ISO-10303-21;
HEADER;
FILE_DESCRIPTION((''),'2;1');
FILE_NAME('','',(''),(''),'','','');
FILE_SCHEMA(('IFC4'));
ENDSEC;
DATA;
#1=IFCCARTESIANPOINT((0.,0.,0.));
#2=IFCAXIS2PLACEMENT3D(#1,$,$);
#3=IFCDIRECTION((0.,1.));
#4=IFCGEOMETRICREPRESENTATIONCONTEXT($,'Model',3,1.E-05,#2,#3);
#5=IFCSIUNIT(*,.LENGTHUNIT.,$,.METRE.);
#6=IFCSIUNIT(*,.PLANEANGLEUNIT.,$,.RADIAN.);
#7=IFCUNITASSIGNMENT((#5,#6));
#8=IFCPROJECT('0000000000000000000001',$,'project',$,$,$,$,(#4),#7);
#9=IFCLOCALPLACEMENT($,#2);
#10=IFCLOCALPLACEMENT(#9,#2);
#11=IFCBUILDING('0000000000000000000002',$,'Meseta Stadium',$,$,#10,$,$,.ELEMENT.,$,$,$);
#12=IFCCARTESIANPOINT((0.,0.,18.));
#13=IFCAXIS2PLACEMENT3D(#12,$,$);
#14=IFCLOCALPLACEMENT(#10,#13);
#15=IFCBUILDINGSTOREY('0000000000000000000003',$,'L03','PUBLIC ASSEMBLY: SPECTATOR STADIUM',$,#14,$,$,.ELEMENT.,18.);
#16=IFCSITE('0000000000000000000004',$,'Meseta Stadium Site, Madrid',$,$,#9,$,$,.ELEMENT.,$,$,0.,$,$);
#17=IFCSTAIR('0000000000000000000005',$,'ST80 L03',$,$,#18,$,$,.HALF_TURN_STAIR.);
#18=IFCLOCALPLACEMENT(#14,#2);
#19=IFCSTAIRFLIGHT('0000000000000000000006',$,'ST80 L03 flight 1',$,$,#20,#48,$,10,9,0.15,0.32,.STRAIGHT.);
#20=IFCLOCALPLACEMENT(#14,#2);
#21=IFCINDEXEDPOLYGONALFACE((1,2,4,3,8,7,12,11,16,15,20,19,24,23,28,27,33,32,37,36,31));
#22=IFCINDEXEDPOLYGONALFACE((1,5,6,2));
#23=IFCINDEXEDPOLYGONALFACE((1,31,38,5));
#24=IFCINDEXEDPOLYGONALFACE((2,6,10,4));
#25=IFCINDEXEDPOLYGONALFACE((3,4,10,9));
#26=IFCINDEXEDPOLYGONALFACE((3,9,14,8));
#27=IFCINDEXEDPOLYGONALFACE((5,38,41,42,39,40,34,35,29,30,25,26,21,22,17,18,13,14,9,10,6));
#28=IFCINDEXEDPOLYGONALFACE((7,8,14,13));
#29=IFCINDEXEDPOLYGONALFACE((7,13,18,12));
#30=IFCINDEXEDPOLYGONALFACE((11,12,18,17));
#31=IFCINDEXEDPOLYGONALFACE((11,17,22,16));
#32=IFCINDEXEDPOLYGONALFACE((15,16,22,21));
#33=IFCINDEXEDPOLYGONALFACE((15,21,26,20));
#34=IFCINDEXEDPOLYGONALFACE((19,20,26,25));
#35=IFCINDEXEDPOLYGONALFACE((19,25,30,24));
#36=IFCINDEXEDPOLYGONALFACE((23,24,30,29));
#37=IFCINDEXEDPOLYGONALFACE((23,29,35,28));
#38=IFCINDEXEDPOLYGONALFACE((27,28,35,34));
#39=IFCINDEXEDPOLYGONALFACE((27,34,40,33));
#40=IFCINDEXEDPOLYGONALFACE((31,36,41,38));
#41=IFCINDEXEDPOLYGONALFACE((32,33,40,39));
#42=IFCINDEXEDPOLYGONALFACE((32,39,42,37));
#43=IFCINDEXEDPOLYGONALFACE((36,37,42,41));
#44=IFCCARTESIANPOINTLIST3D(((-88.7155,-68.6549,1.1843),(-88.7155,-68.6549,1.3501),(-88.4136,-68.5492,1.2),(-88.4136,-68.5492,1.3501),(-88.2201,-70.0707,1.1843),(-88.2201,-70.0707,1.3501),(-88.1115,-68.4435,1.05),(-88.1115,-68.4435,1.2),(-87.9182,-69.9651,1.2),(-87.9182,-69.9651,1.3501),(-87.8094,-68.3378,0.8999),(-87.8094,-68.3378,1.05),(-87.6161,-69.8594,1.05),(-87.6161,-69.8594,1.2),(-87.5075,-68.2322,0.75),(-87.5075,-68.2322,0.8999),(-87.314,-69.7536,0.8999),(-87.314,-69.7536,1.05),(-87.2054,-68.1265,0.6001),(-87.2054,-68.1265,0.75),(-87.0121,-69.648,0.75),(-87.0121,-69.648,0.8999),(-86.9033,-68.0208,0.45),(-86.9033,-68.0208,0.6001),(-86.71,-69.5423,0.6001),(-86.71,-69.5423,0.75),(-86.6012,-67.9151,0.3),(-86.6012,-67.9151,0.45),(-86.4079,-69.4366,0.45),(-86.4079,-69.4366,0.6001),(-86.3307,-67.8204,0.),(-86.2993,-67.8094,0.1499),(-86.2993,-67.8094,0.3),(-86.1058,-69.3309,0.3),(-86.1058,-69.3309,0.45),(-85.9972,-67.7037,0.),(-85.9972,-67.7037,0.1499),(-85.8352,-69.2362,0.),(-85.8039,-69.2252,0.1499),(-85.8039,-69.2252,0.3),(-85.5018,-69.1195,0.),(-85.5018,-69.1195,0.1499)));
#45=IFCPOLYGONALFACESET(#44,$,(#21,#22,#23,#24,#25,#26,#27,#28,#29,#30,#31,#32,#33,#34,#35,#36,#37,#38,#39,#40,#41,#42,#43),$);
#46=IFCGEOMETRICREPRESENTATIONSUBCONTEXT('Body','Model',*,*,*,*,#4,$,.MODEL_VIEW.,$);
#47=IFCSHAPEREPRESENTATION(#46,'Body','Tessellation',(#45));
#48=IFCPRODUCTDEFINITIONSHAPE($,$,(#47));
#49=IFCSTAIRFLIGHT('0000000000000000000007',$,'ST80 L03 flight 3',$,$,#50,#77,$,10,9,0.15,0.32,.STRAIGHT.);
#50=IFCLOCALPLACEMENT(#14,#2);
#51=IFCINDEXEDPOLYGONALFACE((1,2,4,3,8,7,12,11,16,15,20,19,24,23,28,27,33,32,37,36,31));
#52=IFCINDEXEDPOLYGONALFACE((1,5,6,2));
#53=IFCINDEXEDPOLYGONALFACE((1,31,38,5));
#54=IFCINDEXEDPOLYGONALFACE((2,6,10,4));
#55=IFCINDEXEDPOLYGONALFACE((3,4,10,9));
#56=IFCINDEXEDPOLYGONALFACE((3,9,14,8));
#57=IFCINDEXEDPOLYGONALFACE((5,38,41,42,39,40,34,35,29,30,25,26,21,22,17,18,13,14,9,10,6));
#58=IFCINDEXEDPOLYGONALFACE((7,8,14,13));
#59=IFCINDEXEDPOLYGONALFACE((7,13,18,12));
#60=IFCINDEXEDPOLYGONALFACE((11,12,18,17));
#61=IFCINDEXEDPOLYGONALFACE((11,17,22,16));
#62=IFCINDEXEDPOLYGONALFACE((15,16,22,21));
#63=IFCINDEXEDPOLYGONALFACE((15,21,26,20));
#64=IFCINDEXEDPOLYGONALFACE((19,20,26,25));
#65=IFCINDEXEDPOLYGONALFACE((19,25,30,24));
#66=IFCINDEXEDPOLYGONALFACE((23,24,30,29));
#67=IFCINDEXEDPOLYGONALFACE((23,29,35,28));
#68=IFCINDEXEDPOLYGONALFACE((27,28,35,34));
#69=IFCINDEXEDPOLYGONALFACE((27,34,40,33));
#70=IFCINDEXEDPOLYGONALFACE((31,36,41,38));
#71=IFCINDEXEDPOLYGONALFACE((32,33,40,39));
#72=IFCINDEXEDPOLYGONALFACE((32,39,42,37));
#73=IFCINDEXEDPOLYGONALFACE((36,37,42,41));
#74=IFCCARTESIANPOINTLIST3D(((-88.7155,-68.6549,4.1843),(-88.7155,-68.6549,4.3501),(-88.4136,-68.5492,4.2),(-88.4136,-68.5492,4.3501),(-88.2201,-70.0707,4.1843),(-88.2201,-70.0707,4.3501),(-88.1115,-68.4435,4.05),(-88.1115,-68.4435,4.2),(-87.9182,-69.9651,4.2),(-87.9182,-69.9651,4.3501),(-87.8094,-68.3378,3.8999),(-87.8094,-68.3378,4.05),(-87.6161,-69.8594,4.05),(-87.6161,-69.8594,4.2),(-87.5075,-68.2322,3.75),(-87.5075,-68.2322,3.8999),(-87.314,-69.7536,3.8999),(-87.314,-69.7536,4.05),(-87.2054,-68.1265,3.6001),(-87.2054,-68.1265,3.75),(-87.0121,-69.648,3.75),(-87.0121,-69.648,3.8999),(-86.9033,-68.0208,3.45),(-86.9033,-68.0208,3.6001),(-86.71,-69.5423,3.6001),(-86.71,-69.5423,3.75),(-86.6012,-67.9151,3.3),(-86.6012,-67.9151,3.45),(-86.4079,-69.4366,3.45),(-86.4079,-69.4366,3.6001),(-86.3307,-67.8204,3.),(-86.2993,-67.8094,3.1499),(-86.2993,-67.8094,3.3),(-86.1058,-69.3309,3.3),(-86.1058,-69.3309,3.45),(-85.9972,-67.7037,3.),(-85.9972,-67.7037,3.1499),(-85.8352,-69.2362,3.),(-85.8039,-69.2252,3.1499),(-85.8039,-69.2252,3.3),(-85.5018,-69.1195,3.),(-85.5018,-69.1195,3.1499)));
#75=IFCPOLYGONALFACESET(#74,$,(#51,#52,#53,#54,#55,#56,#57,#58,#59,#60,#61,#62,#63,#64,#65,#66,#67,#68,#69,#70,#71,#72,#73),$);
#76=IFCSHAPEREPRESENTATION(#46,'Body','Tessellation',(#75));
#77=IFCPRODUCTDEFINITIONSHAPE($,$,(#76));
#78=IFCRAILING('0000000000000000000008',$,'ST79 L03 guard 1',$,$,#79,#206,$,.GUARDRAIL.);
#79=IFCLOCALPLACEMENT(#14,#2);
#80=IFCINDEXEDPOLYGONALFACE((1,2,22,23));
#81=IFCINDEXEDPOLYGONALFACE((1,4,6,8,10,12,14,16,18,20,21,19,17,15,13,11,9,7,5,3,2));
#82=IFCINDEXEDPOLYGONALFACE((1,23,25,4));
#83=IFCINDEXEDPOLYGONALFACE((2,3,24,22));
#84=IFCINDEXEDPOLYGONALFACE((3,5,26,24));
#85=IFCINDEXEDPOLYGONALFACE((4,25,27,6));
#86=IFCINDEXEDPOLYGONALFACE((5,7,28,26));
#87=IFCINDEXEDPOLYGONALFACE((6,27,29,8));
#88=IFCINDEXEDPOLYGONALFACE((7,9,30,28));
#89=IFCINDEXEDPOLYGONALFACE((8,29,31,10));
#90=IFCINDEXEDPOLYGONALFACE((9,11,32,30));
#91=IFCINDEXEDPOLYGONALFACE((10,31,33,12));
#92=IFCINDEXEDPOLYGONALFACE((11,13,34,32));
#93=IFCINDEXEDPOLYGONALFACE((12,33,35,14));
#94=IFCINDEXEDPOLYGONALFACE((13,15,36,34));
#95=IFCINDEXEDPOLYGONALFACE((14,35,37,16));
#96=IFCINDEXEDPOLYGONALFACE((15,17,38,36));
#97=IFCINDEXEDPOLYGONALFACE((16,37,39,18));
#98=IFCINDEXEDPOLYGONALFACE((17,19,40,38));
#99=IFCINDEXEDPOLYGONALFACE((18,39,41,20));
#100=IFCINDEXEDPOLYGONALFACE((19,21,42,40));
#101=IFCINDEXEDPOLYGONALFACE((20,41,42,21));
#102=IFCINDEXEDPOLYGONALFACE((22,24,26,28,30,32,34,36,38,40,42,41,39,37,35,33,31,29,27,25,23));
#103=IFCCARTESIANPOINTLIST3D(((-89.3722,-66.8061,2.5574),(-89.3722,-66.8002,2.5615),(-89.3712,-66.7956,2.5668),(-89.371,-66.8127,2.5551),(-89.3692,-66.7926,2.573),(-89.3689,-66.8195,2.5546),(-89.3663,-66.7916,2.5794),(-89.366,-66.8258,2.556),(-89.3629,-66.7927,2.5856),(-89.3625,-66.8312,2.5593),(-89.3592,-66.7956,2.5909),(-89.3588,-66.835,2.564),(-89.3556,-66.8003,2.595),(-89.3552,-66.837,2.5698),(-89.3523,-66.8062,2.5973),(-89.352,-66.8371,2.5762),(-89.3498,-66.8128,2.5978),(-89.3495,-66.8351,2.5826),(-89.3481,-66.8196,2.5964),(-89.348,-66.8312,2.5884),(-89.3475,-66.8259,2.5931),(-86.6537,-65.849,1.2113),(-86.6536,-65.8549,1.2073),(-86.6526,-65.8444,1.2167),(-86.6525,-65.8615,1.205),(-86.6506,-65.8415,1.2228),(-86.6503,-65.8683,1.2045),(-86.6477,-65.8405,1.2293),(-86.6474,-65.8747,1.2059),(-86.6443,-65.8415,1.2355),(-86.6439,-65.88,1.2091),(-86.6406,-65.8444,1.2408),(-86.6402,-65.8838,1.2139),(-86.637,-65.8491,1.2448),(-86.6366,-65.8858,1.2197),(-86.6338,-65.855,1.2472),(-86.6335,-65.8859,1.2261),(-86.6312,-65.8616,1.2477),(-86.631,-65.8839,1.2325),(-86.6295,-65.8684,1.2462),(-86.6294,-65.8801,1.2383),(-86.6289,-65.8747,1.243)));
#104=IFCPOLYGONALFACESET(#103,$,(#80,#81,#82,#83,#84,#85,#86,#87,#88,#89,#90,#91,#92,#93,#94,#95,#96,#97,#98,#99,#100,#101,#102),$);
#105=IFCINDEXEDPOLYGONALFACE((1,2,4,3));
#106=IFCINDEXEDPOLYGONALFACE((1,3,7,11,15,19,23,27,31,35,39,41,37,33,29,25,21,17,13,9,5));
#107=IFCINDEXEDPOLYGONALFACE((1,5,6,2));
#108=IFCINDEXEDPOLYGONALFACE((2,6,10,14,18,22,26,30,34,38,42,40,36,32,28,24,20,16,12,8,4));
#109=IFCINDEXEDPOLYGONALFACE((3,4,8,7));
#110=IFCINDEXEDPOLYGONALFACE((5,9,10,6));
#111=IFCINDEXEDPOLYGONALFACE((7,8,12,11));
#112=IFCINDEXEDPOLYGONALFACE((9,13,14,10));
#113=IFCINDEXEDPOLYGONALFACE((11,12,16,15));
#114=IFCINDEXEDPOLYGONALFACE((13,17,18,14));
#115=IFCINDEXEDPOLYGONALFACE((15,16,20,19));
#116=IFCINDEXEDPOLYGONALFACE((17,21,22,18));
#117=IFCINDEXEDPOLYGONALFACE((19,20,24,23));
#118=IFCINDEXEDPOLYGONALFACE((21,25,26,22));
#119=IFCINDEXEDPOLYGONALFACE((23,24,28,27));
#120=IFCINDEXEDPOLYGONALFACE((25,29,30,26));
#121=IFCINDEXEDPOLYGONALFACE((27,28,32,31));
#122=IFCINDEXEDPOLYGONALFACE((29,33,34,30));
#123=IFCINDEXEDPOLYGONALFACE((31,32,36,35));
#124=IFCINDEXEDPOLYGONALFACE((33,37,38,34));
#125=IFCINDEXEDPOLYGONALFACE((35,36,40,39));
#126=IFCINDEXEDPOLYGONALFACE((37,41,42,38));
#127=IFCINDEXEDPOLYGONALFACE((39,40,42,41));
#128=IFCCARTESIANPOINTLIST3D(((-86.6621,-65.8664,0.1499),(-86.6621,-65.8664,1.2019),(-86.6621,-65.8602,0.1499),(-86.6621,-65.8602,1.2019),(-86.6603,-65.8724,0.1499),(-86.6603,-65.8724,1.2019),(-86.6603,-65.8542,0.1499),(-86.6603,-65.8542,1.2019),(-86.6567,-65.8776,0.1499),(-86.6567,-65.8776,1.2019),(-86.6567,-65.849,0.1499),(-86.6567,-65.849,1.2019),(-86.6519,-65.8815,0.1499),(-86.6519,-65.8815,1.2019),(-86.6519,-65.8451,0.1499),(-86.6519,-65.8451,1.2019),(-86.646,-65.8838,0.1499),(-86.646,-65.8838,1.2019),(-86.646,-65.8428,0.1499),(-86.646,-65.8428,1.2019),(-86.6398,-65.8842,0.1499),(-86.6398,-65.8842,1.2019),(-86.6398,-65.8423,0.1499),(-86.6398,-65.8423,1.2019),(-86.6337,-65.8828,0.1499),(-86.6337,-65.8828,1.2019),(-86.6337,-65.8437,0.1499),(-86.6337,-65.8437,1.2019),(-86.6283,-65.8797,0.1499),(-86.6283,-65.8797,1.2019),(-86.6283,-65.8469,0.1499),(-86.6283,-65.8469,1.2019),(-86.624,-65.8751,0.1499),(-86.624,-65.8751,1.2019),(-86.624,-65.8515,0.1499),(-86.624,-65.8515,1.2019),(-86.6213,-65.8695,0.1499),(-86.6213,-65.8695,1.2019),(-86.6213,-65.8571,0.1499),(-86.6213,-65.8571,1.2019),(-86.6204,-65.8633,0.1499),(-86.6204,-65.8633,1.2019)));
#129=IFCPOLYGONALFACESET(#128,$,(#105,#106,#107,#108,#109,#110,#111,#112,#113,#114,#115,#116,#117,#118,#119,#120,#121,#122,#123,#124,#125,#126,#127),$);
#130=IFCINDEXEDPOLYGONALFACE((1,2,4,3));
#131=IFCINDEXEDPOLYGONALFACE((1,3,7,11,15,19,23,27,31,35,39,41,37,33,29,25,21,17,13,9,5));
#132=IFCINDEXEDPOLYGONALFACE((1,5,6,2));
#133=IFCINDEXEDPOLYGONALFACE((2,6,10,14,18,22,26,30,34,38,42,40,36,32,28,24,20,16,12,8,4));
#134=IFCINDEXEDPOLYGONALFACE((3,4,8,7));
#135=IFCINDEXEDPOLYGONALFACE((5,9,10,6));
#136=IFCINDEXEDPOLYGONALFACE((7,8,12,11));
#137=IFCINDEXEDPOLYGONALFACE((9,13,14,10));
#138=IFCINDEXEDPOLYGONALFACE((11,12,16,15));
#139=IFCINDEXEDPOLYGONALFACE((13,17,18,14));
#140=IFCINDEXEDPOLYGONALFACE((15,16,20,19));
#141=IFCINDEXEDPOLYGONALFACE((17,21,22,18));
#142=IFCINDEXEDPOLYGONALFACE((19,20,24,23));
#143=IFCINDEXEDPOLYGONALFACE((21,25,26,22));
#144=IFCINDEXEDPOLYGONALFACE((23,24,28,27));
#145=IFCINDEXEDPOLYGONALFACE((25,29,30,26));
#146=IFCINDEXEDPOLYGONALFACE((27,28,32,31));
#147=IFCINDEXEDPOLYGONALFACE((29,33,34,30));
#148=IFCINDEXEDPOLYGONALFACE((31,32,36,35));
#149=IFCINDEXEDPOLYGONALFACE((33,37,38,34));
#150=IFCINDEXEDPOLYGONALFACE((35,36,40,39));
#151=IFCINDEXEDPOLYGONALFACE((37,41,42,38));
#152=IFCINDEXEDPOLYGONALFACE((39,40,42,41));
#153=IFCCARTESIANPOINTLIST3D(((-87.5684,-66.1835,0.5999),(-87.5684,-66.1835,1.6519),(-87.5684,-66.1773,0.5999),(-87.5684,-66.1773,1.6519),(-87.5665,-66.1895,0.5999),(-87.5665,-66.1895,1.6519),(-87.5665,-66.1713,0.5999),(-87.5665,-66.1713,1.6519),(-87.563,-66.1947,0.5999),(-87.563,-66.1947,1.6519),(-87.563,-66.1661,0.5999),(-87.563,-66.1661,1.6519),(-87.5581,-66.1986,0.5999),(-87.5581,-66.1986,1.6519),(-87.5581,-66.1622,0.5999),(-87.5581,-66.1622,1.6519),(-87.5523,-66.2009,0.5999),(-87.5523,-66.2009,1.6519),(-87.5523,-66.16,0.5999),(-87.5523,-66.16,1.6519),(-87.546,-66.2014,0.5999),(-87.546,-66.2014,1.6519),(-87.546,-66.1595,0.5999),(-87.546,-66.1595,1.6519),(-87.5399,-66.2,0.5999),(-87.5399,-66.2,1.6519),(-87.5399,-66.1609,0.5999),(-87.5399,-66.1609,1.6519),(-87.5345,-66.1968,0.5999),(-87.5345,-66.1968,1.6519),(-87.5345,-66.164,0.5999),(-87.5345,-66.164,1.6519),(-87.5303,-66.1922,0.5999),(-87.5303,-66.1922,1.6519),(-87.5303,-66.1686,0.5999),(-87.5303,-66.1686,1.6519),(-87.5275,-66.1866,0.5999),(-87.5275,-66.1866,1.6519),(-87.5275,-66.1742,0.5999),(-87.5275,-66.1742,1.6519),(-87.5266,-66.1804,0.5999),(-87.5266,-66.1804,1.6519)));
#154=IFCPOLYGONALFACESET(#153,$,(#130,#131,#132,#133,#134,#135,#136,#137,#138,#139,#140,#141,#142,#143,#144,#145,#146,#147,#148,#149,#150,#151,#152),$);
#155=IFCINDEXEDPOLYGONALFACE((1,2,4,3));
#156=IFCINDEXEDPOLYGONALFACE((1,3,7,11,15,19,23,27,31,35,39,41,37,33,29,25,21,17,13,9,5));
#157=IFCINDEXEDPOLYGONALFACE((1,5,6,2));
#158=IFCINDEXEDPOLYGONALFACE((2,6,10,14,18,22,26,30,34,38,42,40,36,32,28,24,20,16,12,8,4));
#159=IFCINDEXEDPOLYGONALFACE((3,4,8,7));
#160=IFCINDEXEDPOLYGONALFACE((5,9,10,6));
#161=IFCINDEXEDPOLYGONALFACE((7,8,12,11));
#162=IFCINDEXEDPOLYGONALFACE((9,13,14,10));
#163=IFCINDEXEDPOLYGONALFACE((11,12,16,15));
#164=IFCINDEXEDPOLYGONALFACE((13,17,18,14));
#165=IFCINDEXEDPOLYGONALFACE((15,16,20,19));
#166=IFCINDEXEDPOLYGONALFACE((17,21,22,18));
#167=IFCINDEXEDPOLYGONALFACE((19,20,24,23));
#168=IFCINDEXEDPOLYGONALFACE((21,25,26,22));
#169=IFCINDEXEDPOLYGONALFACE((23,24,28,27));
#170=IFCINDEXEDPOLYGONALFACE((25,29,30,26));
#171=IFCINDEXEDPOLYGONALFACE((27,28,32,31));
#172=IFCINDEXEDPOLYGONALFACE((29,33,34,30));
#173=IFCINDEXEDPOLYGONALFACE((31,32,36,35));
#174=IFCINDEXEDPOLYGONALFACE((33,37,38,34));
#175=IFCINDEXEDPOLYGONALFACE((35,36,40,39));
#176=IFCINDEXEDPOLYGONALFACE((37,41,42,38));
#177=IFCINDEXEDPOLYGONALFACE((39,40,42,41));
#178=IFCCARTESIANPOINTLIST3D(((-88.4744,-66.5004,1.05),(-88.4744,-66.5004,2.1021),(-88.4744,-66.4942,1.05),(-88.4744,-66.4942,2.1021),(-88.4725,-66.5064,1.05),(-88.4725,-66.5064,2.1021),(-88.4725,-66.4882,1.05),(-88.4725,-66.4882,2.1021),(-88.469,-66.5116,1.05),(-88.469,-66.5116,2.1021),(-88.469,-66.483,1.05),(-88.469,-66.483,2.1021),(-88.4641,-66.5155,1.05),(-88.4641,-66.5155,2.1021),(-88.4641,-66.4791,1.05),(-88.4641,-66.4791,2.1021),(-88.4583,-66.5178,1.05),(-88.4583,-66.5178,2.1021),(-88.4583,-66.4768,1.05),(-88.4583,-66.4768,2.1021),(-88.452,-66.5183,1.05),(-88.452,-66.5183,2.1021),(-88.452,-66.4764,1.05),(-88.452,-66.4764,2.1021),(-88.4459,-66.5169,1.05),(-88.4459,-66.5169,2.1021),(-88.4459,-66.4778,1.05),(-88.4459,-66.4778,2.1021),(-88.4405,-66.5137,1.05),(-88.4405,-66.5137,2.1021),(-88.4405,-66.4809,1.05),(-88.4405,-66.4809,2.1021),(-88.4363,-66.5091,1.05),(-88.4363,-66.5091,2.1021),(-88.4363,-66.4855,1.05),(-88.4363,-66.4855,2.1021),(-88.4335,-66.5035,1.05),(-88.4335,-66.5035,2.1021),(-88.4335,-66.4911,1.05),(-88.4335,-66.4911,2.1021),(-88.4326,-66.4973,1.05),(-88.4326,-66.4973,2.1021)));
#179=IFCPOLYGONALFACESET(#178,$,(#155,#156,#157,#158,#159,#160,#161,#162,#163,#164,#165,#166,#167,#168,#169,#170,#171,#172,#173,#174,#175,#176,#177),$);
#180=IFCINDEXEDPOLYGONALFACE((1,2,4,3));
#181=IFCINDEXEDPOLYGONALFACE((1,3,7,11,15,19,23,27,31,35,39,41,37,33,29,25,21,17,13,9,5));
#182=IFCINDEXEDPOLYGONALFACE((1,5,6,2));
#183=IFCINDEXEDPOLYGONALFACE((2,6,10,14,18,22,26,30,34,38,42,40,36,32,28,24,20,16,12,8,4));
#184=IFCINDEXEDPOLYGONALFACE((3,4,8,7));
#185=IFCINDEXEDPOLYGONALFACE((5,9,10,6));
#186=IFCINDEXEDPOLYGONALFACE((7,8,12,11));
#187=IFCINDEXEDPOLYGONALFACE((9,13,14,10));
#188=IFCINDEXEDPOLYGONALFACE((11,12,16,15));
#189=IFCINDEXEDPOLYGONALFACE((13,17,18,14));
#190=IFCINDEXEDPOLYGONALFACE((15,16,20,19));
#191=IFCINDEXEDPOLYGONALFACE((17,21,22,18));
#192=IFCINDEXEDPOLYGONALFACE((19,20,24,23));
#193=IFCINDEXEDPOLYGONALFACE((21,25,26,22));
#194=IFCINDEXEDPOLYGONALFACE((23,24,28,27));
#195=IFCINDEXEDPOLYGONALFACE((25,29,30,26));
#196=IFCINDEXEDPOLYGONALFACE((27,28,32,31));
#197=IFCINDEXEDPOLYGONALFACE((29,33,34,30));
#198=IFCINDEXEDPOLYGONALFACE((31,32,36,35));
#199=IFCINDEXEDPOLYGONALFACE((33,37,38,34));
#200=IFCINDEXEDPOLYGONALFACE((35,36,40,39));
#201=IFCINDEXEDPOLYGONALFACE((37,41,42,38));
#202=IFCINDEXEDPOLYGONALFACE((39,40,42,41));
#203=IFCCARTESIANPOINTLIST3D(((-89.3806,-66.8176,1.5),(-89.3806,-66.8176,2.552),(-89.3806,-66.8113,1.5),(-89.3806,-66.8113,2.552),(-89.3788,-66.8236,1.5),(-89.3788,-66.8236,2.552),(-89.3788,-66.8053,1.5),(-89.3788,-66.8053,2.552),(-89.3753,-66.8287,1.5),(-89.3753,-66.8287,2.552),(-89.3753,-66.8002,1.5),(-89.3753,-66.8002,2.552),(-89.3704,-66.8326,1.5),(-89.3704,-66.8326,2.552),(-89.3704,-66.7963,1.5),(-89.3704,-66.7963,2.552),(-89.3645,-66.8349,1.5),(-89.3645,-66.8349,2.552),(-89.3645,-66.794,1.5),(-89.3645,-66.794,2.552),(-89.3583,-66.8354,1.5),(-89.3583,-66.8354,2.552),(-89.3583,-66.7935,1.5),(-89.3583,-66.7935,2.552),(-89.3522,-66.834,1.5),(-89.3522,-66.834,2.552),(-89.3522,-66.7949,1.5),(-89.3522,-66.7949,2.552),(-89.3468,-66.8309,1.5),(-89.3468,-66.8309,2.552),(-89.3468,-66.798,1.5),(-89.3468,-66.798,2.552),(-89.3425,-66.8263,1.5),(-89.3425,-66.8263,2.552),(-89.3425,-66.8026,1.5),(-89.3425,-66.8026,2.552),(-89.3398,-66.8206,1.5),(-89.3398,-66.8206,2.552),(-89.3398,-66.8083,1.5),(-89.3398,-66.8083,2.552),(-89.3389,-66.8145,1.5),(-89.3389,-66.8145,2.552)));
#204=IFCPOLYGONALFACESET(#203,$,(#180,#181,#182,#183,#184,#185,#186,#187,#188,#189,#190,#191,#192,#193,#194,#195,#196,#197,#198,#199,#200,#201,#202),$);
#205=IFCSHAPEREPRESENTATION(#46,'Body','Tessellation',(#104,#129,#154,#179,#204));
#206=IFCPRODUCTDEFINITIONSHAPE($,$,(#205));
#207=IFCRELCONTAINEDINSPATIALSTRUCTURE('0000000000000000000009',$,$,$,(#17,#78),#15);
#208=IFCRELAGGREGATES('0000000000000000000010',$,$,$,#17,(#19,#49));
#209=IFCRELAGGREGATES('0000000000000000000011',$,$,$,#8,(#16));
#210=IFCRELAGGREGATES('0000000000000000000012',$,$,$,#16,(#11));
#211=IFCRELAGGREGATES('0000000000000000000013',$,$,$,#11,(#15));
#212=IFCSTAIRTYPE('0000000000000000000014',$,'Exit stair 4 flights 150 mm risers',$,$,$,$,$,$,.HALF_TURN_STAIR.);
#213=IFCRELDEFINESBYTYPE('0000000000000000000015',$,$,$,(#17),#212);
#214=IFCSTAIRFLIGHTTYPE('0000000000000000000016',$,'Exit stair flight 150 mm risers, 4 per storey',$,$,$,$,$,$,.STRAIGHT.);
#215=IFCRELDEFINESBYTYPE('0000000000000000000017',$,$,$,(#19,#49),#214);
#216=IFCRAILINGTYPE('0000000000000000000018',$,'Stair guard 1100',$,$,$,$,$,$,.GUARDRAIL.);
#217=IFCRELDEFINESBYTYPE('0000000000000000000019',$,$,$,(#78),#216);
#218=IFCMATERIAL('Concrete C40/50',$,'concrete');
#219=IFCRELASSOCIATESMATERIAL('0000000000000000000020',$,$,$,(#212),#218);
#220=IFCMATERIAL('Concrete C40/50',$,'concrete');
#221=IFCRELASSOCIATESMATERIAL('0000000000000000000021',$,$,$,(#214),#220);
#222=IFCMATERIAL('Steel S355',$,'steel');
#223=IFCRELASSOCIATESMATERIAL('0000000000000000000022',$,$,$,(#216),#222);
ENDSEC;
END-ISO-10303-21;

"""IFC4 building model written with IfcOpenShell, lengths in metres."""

from ifc_helpers import new_model, si_unit, direction, frame, origin, origin_2d, place, context, subcontext, project, spatial, polyline, circle, outline, extrude, material, type_object, element, aggregate, save


model = new_model("IFC4")

# Units and contexts
model_context = context("Model", 3, precision=1e-05, world=origin(), true_north=direction((0.0, 1.0)))
body_context = subcontext(model_context, "Body", "Model", "MODEL_VIEW")
ifc_project = project(units=[si_unit("LENGTHUNIT", "METRE"), si_unit("PLANEANGLEUNIT", "RADIAN")], contexts=[model_context])

# Site, building, storey
site_placement = place(None, origin())
site = spatial("IfcSite", under=ifc_project, at=site_placement, Name="Meseta Stadium Site, Madrid", CompositionType="ELEMENT", RefElevation=0.0)
building_placement = place(site_placement, origin())
building = spatial("IfcBuilding", under=site, at=building_placement, Name="Meseta Stadium", CompositionType="ELEMENT")
storey_placement = place(building_placement, frame((0.0, 0.0, 18.0)))
storey = spatial("IfcBuildingStorey", under=building, at=storey_placement, Name="L03", Description="PUBLIC ASSEMBLY: SPECTATOR STADIUM", CompositionType="ELEMENT", Elevation=18.0)

# Stair, stair flights
ifc_material_1 = material(Name="Concrete C40/50", Category="concrete")
stair_type = type_object("IfcStairType", Name="Exit stair 4 flights 150 mm risers", PredefinedType="HALF_TURN_STAIR", material=ifc_material_1)
ifc_material_2 = material(Name="Concrete C40/50", Category="concrete")
stair_flight_type = type_object("IfcStairFlightType", Name="Exit stair flight 150 mm risers, 4 per storey", PredefinedType="STRAIGHT", material=ifc_material_2)
stair_1_placement = place(storey_placement, origin())
stair_1 = element("IfcStair", 1, at=stair_1_placement, inside=storey, type_object=stair_type, Name="ST80 L03", PredefinedType="HALF_TURN_STAIR")
stair_flight_1_placement = place(storey_placement, frame((-85.7495, -68.4116, 0.0), z_axis=(0.0, 0.0, 1.0), x_axis=(-0.943883, -0.330279, 0.0)))
stair_flight_1 = element("IfcStairFlight", 2, at=stair_flight_1_placement, type_object=stair_flight_type, Name="ST80 L03 flight 1", NumberOfRisers=10, NumberOfTreads=9, PredefinedType="STRAIGHT", RiserHeight=0.15, TreadLength=0.32, context=body_context, shape_type="SweptSolid", body=[
    extrude(outline(polyline([(0.0, 0.0), (0.0, 0.1499), (0.3201, 0.1499), (0.3201, 0.3), (0.6399, 0.3), (0.6399, 0.45), (0.96, 0.45), (0.96, 0.6001), (1.28, 0.6001), (1.28, 0.75), (1.6001, 0.75), (1.6001, 0.8999), (1.9199, 0.8999), (1.9199, 1.05), (2.24, 1.05), (2.24, 1.2), (2.5601, 1.2), (2.5601, 1.3501), (2.8799, 1.3501), (2.8799, 1.1843), (0.3533, 0.0), (0.0, 0.0)])), frame((0.0, 0.75, 0.0), z_axis=(0.0, -1.0, 0.0), x_axis=(1.0, 0.0, 0.0)), (0.0, 0.0, 1.0), 1.5),
])
stair_flight_2_placement = place(storey_placement, frame((-85.7495, -68.4116, 3.0), z_axis=(0.0, 0.0, 1.0), x_axis=(-0.943883, -0.330279, 0.0)))
stair_flight_2 = element("IfcStairFlight", 3, at=stair_flight_2_placement, type_object=stair_flight_type, Name="ST80 L03 flight 3", NumberOfRisers=10, NumberOfTreads=9, PredefinedType="STRAIGHT", RiserHeight=0.15, TreadLength=0.32, context=body_context, shape_type="SweptSolid", body=[
    extrude(outline(polyline([(0.0, 0.0), (0.0, 0.1499), (0.3201, 0.1499), (0.3201, 0.3), (0.6399, 0.3), (0.6399, 0.45), (0.96, 0.45), (0.96, 0.6001), (1.28, 0.6001), (1.28, 0.75), (1.6001, 0.75), (1.6001, 0.8999), (1.9199, 0.8999), (1.9199, 1.05), (2.24, 1.05), (2.24, 1.2), (2.5601, 1.2), (2.5601, 1.3501), (2.8799, 1.3501), (2.8799, 1.1843), (0.3533, 0.0), (0.0, 0.0)])), frame((0.0, 0.75, 0.0), z_axis=(0.0, -1.0, 0.0), x_axis=(1.0, 0.0, 0.0)), (0.0, 0.0, 1.0), 1.5),
])
aggregate(stair_1, [stair_flight_1, stair_flight_2])

# Railing
ifc_material_3 = material(Name="Steel S355", Category="steel")
railing_type_1 = type_object("IfcRailingType", Name="Stair guard 1100", PredefinedType="GUARDRAIL", material=ifc_material_3)
railing_1_placement = place(storey_placement, frame((-86.6414, -65.8633, 0.1499)))
element("IfcRailing", 4, at=railing_1_placement, inside=storey, type_object=railing_type_1, Name="ST79 L03 guard 1", PredefinedType="GUARDRAIL", context=body_context, shape_type="SweptSolid", body=[
    extrude(circle(Radius=0.0239, at=origin_2d()), frame((0.0, 0.0, 1.0762), z_axis=(-0.854649, -0.299031, 0.424446), x_axis=(0.330256, -0.943891, 0.0)), (0.0, 0.0, 1.0), 3.1809),
    extrude(circle(Radius=0.021, at=origin_2d()), origin(), (0.0, 0.0, 1.0), 1.052),
    extrude(circle(Radius=0.021, at=origin_2d()), frame((-0.9062, -0.3171, 0.45)), (0.0, 0.0, 1.0), 1.052),
    extrude(circle(Radius=0.021, at=origin_2d()), frame((-1.8123, -0.634, 0.9001)), (0.0, 0.0, 1.0), 1.052),
    extrude(circle(Radius=0.021, at=origin_2d()), frame((-2.7185, -0.9512, 1.3501)), (0.0, 0.0, 1.0), 1.052),
])

save(model, "model.ifc")
